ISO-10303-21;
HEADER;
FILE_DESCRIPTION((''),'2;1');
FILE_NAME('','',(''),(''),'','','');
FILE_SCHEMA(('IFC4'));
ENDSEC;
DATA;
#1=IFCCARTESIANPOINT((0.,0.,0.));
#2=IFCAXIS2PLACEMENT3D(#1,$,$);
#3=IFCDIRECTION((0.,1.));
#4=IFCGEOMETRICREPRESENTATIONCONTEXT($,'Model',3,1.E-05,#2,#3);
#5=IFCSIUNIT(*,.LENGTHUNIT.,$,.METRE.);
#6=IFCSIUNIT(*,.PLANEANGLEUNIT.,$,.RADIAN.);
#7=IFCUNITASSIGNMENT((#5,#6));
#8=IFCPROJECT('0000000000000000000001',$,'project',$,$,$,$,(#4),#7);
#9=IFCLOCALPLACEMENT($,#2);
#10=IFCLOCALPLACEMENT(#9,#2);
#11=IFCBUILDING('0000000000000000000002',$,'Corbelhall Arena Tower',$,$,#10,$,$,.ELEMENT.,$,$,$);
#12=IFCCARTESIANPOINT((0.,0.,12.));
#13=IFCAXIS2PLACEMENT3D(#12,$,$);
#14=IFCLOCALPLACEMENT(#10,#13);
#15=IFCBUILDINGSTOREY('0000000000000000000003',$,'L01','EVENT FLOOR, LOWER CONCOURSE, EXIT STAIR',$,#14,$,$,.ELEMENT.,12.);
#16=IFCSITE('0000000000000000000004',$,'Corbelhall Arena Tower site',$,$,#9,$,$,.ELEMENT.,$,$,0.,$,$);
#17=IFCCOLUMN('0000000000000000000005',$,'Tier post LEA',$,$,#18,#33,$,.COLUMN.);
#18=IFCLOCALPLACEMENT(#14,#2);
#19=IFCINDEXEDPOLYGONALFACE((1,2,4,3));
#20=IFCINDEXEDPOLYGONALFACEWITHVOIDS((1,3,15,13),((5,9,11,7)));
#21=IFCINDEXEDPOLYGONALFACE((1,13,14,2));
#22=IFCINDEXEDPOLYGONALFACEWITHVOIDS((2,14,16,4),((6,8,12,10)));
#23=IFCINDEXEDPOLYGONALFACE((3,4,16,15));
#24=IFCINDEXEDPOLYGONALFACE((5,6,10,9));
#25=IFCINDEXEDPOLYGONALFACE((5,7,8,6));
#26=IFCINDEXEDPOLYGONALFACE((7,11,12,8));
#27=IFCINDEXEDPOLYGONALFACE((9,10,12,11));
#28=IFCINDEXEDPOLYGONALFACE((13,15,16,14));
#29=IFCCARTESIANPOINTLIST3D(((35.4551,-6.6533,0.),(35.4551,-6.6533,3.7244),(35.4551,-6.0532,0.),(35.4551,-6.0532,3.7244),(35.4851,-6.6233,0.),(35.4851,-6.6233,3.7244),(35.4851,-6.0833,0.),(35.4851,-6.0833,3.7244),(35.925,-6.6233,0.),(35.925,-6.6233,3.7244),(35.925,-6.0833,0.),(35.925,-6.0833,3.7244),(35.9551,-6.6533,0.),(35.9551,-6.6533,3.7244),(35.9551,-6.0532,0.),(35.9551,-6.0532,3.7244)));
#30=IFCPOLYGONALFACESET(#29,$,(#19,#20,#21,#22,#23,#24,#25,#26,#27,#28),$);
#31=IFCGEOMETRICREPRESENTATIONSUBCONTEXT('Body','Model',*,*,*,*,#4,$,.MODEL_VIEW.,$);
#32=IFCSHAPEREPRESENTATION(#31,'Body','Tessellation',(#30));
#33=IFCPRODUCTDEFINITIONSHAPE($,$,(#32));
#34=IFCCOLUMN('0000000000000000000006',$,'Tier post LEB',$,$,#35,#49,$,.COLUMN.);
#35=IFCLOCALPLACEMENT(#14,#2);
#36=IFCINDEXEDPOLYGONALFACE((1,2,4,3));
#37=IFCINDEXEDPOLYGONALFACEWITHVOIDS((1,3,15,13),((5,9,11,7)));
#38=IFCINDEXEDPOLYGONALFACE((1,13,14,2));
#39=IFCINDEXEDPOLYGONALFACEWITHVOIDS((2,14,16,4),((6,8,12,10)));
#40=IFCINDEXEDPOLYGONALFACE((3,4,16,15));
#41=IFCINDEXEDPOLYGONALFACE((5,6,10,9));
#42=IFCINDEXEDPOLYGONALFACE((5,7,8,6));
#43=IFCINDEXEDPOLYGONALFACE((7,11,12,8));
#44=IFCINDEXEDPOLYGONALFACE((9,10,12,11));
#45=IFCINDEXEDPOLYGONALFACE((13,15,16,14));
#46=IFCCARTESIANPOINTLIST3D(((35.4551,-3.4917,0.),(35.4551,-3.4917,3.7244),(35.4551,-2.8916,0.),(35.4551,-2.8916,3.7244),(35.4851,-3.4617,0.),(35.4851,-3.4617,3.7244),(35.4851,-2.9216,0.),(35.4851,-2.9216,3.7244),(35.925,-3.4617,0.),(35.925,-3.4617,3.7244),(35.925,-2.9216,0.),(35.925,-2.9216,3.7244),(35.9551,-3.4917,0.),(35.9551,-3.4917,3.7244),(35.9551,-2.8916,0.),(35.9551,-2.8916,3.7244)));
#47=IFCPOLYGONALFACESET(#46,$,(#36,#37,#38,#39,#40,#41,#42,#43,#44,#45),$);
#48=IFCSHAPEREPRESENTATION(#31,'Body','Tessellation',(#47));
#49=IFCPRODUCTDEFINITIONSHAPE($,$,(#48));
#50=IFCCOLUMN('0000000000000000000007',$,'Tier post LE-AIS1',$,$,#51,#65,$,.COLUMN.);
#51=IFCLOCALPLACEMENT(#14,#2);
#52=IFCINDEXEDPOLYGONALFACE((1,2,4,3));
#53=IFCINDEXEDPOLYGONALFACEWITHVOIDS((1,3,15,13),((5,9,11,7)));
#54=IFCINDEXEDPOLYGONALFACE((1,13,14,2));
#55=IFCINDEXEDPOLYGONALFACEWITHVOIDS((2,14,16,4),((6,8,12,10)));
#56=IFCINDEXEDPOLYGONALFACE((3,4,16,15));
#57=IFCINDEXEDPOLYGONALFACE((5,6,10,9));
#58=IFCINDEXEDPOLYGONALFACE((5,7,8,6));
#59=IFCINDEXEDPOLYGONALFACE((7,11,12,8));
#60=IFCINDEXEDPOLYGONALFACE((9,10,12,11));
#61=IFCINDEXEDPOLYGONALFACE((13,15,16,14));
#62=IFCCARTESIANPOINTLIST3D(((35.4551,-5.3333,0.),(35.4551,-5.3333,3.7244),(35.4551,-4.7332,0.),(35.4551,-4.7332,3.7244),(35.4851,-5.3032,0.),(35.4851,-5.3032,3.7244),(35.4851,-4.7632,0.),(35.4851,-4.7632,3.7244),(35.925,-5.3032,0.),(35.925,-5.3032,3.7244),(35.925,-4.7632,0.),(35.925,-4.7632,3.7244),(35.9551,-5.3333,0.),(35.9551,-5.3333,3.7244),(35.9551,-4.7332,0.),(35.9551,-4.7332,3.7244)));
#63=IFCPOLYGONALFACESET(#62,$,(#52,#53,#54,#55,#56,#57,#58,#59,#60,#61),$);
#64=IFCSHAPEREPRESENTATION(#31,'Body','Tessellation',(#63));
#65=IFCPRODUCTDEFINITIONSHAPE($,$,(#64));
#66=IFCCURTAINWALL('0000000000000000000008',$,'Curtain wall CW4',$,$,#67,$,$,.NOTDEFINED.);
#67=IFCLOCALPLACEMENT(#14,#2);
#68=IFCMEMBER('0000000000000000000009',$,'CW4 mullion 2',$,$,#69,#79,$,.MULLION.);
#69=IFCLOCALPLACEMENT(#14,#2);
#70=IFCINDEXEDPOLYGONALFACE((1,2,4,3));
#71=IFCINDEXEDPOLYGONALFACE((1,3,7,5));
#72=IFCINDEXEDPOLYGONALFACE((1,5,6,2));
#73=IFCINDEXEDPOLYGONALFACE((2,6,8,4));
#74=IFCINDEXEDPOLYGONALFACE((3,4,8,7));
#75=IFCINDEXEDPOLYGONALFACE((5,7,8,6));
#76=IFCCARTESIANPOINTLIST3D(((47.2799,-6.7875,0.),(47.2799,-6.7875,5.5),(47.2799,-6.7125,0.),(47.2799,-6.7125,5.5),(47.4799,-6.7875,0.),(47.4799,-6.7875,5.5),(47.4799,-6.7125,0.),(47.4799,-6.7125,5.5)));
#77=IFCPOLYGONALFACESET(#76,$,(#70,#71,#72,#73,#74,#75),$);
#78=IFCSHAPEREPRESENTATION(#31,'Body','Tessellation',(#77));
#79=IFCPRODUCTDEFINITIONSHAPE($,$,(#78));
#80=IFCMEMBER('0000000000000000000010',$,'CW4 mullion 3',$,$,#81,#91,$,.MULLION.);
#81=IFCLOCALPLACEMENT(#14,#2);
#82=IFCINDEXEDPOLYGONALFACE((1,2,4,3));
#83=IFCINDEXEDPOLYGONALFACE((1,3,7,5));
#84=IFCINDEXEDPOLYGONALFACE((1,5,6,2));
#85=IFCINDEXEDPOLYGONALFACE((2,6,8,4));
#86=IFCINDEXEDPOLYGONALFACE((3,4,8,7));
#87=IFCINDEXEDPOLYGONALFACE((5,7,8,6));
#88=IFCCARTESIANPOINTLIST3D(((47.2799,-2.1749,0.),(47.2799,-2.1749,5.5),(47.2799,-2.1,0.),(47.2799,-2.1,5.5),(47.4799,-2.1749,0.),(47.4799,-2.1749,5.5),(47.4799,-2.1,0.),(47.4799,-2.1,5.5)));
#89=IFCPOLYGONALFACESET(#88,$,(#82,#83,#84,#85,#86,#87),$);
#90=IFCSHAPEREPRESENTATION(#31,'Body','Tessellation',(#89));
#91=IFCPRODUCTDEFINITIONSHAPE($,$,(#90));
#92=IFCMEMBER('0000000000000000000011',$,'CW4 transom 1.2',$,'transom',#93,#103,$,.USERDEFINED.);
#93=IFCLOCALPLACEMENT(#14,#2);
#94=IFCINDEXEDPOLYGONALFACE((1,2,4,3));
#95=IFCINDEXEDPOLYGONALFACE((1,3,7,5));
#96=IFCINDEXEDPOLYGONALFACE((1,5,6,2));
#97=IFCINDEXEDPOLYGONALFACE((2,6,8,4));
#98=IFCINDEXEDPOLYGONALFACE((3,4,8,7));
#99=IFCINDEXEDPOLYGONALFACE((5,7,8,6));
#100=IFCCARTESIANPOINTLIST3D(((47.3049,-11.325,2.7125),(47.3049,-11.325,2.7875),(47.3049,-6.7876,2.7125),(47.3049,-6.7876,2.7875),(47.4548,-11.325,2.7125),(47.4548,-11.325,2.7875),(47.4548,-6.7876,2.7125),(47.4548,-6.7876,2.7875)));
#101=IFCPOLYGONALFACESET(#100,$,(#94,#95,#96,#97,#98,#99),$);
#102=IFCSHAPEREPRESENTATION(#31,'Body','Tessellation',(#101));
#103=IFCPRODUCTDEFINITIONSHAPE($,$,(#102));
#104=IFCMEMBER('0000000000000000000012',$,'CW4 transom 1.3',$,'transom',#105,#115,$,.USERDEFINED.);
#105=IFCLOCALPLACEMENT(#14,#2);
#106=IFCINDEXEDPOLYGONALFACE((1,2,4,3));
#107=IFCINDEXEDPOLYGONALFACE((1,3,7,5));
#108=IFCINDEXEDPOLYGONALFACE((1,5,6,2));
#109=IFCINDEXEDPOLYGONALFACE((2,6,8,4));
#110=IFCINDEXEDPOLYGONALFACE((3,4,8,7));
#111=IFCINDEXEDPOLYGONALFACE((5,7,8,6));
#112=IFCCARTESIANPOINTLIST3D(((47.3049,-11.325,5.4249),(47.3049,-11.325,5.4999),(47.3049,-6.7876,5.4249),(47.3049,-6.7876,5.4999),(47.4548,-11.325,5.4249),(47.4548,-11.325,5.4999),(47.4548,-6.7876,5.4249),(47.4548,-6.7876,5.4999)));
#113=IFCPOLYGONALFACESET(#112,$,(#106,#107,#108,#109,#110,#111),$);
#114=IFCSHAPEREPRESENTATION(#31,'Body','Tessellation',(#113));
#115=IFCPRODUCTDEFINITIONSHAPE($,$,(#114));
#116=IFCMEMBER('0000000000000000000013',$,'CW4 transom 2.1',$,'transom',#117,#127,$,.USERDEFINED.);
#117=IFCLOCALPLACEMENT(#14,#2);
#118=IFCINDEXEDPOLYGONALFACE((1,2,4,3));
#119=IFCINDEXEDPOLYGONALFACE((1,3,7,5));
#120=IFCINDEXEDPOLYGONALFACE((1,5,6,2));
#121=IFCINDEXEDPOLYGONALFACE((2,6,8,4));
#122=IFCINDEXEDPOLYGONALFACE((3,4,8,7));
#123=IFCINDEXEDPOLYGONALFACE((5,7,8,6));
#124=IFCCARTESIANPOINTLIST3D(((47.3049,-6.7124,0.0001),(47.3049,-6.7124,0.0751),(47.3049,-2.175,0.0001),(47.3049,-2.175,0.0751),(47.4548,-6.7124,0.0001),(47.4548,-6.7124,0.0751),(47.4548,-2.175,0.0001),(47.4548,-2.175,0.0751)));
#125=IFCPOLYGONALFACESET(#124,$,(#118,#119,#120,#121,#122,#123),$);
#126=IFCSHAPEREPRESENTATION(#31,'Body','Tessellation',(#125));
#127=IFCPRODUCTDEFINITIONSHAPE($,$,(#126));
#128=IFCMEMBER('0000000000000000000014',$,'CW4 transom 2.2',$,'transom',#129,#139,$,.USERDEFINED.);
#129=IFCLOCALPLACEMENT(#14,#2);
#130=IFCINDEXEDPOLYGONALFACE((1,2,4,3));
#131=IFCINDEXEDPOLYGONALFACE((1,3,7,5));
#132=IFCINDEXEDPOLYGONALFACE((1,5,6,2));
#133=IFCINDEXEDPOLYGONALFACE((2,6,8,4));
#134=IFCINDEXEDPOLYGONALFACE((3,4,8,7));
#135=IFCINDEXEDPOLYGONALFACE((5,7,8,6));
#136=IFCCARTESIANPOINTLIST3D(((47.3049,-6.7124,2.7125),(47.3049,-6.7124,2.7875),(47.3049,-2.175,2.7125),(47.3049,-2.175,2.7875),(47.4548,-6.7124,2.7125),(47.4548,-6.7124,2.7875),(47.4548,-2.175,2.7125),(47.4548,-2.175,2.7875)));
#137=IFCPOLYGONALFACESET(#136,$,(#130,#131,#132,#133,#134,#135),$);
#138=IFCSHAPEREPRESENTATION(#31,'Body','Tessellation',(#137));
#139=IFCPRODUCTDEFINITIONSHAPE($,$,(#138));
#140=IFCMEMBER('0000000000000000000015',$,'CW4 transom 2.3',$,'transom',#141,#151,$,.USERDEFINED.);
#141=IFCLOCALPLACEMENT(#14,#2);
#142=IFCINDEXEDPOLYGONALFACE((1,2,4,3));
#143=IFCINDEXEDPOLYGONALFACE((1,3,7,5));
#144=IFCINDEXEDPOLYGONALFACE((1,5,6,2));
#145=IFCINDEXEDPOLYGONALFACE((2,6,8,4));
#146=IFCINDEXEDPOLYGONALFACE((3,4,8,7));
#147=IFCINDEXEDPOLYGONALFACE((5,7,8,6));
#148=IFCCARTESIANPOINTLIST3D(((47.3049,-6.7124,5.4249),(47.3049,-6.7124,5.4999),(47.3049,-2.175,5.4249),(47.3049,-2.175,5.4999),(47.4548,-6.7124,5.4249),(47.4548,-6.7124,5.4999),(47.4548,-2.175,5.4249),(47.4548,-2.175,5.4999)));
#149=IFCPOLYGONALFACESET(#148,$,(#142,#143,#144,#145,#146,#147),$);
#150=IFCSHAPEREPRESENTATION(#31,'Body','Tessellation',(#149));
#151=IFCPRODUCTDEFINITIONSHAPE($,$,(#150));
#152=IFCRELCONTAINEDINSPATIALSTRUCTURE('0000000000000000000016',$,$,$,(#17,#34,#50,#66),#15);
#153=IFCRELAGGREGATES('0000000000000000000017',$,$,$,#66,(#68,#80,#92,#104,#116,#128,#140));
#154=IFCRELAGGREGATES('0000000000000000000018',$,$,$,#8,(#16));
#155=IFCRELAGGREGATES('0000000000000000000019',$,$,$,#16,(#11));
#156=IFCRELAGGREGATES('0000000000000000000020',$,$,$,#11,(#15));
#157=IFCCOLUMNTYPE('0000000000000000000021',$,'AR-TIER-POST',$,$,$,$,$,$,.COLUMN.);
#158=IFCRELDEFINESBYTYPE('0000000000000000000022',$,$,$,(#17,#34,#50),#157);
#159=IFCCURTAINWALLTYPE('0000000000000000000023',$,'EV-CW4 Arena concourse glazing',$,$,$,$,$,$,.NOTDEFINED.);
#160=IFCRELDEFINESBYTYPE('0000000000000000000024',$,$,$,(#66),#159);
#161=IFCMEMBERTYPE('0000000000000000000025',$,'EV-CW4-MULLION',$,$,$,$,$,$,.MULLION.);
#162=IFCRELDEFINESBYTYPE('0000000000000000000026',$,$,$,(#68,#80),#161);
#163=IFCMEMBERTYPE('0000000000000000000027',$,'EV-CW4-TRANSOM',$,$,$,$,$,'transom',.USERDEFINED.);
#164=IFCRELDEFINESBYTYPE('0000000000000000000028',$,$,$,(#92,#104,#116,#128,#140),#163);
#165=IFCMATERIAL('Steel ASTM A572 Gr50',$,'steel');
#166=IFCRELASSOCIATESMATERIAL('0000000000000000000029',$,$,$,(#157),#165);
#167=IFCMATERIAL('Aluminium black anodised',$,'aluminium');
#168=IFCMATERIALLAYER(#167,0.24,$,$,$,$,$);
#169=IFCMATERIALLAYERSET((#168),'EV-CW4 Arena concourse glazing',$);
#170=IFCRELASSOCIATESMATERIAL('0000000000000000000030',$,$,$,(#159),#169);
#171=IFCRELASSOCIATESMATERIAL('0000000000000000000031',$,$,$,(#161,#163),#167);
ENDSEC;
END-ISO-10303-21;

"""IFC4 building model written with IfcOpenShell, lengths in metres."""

from ifc_helpers import new_model, si_unit, direction, frame, origin, origin_2d, place, context, subcontext, project, spatial, rectangle, hollow_rectangle, extrude, material, layer, layer_set, material_profile, profile_set, type_object, element, aggregate, save


model = new_model("IFC4")

# Units and contexts
model_context = context("Model", 3, precision=1e-05, world=origin(), true_north=direction((0.0, 1.0)))
body_context = subcontext(model_context, "Body", "Model", "MODEL_VIEW")
ifc_project = project(units=[si_unit("LENGTHUNIT", "METRE"), si_unit("PLANEANGLEUNIT", "RADIAN")], contexts=[model_context])

# Site, building, storey
site_placement = place(None, origin())
site = spatial("IfcSite", under=ifc_project, at=site_placement, Name="Corbelhall Arena Tower site", CompositionType="ELEMENT", RefElevation=0.0)
building_placement = place(site_placement, origin())
building = spatial("IfcBuilding", under=site, at=building_placement, Name="Corbelhall Arena Tower", CompositionType="ELEMENT")
storey_placement = place(building_placement, frame((0.0, 0.0, 12.0)))
storey = spatial("IfcBuildingStorey", under=building, at=storey_placement, Name="L01", Description="EVENT FLOOR, LOWER CONCOURSE, EXIT STAIR", CompositionType="ELEMENT", Elevation=12.0)

# Columns
ifc_material_1 = material(Name="Steel ASTM A572 Gr50", Category="steel")
ifc_material_profile_1 = material_profile(ifc_material_1, hollow_rectangle(XDim=0.5, YDim=0.6001, WallThickness=0.03, at=origin_2d()))
ifc_profile_set_1 = profile_set([ifc_material_profile_1], Name="Steel ASTM A572 Gr50")
column_type = type_object("IfcColumnType", Name="AR-TIER-POST", PredefinedType="COLUMN", material=ifc_profile_set_1)
for number, where, z_axis, x_axis, name in (
    (1, (35.7051, -6.3533, 0.0), (0.0, 0.0, 1.0), (1.0, 0.0, 0.0), "Tier post LEA"),
    (2, (35.7051, -3.1917, 0.0), (0.0, 0.0, 1.0), (1.0, 0.0, 0.0), "Tier post LEB"),
    (3, (35.7051, -5.0332, 0.0), (0.0, 0.0, 1.0), (1.0, 0.0, 0.0), "Tier post LE-AIS1"),
):
    element("IfcColumn", number, at=place(storey_placement, frame(where, z_axis=z_axis, x_axis=x_axis)), inside=storey, type_object=column_type, Name=name, PredefinedType="COLUMN", context=body_context, shape_type="SweptSolid", body=[
        extrude(hollow_rectangle(XDim=0.5, YDim=0.6001, WallThickness=0.03, at=origin_2d()), origin(), (0.0, 0.0, 1.0), 3.7244),
    ])

# Curtain wall, members
ifc_material_2 = material(Name="Aluminium black anodised", Category="aluminium")
ifc_layer_1 = layer(ifc_material_2, 0.24)
ifc_layer_set_1 = layer_set([ifc_layer_1], Name="EV-CW4 Arena concourse glazing")
curtain_wall_type = type_object("IfcCurtainWallType", Name="EV-CW4 Arena concourse glazing", PredefinedType="NOTDEFINED", material=ifc_layer_set_1)
curtain_wall_placement = place(storey_placement, origin())
curtain_wall = element("IfcCurtainWall", 4, at=curtain_wall_placement, inside=storey, type_object=curtain_wall_type, Name="Curtain wall CW4", PredefinedType="NOTDEFINED")
ifc_material_profile_2 = material_profile(ifc_material_2, rectangle(XDim=0.2, YDim=0.075, at=origin_2d()))
ifc_profile_set_2 = profile_set([ifc_material_profile_2], Name="Aluminium black anodised")
member_type_1 = type_object("IfcMemberType", Name="EV-CW4-MULLION", PredefinedType="MULLION", material=ifc_profile_set_2)
member_1_placement = place(storey_placement, frame((47.3799, -6.75, 0.0), z_axis=(0.0, 0.0, 1.0), x_axis=(-1.0, 0.0, 0.0)))
member_1 = element("IfcMember", 5, at=member_1_placement, type_object=member_type_1, Name="CW4 mullion 2", PredefinedType="MULLION", context=body_context, shape_type="SweptSolid", body=[
    extrude(rectangle(XDim=0.2, YDim=0.075, at=origin_2d()), origin(), (0.0, 0.0, 1.0), 5.5),
])
member_2_placement = place(storey_placement, frame((47.3799, -2.1375, 0.0), z_axis=(0.0, 0.0, 1.0), x_axis=(-1.0, 0.0, 0.0)))
member_2 = element("IfcMember", 6, at=member_2_placement, type_object=member_type_1, Name="CW4 mullion 3", PredefinedType="MULLION", context=body_context, shape_type="SweptSolid", body=[
    extrude(rectangle(XDim=0.2, YDim=0.075, at=origin_2d()), origin(), (0.0, 0.0, 1.0), 5.5),
])
ifc_material_profile_3 = material_profile(ifc_material_2, rectangle(XDim=0.1499, YDim=0.075, at=origin_2d()))
ifc_profile_set_3 = profile_set([ifc_material_profile_3], Name="Aluminium black anodised")
member_type_2 = type_object("IfcMemberType", Name="EV-CW4-TRANSOM", ElementType="transom", PredefinedType="USERDEFINED", material=ifc_profile_set_3)
member_3_placement = place(storey_placement, frame((47.3799, -11.325, 2.75), z_axis=(0.0, 1.0, 0.0), x_axis=(-1.0, 0.0, 0.0)))
member_3 = element("IfcMember", 7, at=member_3_placement, type_object=member_type_2, Name="CW4 transom 1.2", ObjectType="transom", PredefinedType="USERDEFINED", context=body_context, shape_type="SweptSolid", body=[
    extrude(rectangle(XDim=0.1499, YDim=0.075, at=origin_2d()), origin(), (0.0, 0.0, 1.0), 4.5374),
])
member_4_placement = place(storey_placement, frame((47.3799, -11.325, 5.4624), z_axis=(0.0, 1.0, 0.0), x_axis=(-1.0, 0.0, 0.0)))
member_4 = element("IfcMember", 8, at=member_4_placement, type_object=member_type_2, Name="CW4 transom 1.3", ObjectType="transom", PredefinedType="USERDEFINED", context=body_context, shape_type="SweptSolid", body=[
    extrude(rectangle(XDim=0.1499, YDim=0.075, at=origin_2d()), origin(), (0.0, 0.0, 1.0), 4.5374),
])
member_5_placement = place(storey_placement, frame((47.3799, -6.7124, 0.0376), z_axis=(0.0, 1.0, 0.0), x_axis=(-1.0, 0.0, 0.0)))
member_5 = element("IfcMember", 9, at=member_5_placement, type_object=member_type_2, Name="CW4 transom 2.1", ObjectType="transom", PredefinedType="USERDEFINED", context=body_context, shape_type="SweptSolid", body=[
    extrude(rectangle(XDim=0.1499, YDim=0.075, at=origin_2d()), origin(), (0.0, 0.0, 1.0), 4.5374),
])
member_6_placement = place(storey_placement, frame((47.3799, -6.7124, 2.75), z_axis=(0.0, 1.0, 0.0), x_axis=(-1.0, 0.0, 0.0)))
member_6 = element("IfcMember", 10, at=member_6_placement, type_object=member_type_2, Name="CW4 transom 2.2", ObjectType="transom", PredefinedType="USERDEFINED", context=body_context, shape_type="SweptSolid", body=[
    extrude(rectangle(XDim=0.1499, YDim=0.075, at=origin_2d()), origin(), (0.0, 0.0, 1.0), 4.5374),
])
member_7_placement = place(storey_placement, frame((47.3799, -6.7124, 5.4624), z_axis=(0.0, 1.0, 0.0), x_axis=(-1.0, 0.0, 0.0)))
member_7 = element("IfcMember", 11, at=member_7_placement, type_object=member_type_2, Name="CW4 transom 2.3", ObjectType="transom", PredefinedType="USERDEFINED", context=body_context, shape_type="SweptSolid", body=[
    extrude(rectangle(XDim=0.1499, YDim=0.075, at=origin_2d()), origin(), (0.0, 0.0, 1.0), 4.5374),
])

aggregate(curtain_wall, [member_1, member_2, member_3, member_4, member_5, member_6, member_7])

save(model, "model.ifc")
